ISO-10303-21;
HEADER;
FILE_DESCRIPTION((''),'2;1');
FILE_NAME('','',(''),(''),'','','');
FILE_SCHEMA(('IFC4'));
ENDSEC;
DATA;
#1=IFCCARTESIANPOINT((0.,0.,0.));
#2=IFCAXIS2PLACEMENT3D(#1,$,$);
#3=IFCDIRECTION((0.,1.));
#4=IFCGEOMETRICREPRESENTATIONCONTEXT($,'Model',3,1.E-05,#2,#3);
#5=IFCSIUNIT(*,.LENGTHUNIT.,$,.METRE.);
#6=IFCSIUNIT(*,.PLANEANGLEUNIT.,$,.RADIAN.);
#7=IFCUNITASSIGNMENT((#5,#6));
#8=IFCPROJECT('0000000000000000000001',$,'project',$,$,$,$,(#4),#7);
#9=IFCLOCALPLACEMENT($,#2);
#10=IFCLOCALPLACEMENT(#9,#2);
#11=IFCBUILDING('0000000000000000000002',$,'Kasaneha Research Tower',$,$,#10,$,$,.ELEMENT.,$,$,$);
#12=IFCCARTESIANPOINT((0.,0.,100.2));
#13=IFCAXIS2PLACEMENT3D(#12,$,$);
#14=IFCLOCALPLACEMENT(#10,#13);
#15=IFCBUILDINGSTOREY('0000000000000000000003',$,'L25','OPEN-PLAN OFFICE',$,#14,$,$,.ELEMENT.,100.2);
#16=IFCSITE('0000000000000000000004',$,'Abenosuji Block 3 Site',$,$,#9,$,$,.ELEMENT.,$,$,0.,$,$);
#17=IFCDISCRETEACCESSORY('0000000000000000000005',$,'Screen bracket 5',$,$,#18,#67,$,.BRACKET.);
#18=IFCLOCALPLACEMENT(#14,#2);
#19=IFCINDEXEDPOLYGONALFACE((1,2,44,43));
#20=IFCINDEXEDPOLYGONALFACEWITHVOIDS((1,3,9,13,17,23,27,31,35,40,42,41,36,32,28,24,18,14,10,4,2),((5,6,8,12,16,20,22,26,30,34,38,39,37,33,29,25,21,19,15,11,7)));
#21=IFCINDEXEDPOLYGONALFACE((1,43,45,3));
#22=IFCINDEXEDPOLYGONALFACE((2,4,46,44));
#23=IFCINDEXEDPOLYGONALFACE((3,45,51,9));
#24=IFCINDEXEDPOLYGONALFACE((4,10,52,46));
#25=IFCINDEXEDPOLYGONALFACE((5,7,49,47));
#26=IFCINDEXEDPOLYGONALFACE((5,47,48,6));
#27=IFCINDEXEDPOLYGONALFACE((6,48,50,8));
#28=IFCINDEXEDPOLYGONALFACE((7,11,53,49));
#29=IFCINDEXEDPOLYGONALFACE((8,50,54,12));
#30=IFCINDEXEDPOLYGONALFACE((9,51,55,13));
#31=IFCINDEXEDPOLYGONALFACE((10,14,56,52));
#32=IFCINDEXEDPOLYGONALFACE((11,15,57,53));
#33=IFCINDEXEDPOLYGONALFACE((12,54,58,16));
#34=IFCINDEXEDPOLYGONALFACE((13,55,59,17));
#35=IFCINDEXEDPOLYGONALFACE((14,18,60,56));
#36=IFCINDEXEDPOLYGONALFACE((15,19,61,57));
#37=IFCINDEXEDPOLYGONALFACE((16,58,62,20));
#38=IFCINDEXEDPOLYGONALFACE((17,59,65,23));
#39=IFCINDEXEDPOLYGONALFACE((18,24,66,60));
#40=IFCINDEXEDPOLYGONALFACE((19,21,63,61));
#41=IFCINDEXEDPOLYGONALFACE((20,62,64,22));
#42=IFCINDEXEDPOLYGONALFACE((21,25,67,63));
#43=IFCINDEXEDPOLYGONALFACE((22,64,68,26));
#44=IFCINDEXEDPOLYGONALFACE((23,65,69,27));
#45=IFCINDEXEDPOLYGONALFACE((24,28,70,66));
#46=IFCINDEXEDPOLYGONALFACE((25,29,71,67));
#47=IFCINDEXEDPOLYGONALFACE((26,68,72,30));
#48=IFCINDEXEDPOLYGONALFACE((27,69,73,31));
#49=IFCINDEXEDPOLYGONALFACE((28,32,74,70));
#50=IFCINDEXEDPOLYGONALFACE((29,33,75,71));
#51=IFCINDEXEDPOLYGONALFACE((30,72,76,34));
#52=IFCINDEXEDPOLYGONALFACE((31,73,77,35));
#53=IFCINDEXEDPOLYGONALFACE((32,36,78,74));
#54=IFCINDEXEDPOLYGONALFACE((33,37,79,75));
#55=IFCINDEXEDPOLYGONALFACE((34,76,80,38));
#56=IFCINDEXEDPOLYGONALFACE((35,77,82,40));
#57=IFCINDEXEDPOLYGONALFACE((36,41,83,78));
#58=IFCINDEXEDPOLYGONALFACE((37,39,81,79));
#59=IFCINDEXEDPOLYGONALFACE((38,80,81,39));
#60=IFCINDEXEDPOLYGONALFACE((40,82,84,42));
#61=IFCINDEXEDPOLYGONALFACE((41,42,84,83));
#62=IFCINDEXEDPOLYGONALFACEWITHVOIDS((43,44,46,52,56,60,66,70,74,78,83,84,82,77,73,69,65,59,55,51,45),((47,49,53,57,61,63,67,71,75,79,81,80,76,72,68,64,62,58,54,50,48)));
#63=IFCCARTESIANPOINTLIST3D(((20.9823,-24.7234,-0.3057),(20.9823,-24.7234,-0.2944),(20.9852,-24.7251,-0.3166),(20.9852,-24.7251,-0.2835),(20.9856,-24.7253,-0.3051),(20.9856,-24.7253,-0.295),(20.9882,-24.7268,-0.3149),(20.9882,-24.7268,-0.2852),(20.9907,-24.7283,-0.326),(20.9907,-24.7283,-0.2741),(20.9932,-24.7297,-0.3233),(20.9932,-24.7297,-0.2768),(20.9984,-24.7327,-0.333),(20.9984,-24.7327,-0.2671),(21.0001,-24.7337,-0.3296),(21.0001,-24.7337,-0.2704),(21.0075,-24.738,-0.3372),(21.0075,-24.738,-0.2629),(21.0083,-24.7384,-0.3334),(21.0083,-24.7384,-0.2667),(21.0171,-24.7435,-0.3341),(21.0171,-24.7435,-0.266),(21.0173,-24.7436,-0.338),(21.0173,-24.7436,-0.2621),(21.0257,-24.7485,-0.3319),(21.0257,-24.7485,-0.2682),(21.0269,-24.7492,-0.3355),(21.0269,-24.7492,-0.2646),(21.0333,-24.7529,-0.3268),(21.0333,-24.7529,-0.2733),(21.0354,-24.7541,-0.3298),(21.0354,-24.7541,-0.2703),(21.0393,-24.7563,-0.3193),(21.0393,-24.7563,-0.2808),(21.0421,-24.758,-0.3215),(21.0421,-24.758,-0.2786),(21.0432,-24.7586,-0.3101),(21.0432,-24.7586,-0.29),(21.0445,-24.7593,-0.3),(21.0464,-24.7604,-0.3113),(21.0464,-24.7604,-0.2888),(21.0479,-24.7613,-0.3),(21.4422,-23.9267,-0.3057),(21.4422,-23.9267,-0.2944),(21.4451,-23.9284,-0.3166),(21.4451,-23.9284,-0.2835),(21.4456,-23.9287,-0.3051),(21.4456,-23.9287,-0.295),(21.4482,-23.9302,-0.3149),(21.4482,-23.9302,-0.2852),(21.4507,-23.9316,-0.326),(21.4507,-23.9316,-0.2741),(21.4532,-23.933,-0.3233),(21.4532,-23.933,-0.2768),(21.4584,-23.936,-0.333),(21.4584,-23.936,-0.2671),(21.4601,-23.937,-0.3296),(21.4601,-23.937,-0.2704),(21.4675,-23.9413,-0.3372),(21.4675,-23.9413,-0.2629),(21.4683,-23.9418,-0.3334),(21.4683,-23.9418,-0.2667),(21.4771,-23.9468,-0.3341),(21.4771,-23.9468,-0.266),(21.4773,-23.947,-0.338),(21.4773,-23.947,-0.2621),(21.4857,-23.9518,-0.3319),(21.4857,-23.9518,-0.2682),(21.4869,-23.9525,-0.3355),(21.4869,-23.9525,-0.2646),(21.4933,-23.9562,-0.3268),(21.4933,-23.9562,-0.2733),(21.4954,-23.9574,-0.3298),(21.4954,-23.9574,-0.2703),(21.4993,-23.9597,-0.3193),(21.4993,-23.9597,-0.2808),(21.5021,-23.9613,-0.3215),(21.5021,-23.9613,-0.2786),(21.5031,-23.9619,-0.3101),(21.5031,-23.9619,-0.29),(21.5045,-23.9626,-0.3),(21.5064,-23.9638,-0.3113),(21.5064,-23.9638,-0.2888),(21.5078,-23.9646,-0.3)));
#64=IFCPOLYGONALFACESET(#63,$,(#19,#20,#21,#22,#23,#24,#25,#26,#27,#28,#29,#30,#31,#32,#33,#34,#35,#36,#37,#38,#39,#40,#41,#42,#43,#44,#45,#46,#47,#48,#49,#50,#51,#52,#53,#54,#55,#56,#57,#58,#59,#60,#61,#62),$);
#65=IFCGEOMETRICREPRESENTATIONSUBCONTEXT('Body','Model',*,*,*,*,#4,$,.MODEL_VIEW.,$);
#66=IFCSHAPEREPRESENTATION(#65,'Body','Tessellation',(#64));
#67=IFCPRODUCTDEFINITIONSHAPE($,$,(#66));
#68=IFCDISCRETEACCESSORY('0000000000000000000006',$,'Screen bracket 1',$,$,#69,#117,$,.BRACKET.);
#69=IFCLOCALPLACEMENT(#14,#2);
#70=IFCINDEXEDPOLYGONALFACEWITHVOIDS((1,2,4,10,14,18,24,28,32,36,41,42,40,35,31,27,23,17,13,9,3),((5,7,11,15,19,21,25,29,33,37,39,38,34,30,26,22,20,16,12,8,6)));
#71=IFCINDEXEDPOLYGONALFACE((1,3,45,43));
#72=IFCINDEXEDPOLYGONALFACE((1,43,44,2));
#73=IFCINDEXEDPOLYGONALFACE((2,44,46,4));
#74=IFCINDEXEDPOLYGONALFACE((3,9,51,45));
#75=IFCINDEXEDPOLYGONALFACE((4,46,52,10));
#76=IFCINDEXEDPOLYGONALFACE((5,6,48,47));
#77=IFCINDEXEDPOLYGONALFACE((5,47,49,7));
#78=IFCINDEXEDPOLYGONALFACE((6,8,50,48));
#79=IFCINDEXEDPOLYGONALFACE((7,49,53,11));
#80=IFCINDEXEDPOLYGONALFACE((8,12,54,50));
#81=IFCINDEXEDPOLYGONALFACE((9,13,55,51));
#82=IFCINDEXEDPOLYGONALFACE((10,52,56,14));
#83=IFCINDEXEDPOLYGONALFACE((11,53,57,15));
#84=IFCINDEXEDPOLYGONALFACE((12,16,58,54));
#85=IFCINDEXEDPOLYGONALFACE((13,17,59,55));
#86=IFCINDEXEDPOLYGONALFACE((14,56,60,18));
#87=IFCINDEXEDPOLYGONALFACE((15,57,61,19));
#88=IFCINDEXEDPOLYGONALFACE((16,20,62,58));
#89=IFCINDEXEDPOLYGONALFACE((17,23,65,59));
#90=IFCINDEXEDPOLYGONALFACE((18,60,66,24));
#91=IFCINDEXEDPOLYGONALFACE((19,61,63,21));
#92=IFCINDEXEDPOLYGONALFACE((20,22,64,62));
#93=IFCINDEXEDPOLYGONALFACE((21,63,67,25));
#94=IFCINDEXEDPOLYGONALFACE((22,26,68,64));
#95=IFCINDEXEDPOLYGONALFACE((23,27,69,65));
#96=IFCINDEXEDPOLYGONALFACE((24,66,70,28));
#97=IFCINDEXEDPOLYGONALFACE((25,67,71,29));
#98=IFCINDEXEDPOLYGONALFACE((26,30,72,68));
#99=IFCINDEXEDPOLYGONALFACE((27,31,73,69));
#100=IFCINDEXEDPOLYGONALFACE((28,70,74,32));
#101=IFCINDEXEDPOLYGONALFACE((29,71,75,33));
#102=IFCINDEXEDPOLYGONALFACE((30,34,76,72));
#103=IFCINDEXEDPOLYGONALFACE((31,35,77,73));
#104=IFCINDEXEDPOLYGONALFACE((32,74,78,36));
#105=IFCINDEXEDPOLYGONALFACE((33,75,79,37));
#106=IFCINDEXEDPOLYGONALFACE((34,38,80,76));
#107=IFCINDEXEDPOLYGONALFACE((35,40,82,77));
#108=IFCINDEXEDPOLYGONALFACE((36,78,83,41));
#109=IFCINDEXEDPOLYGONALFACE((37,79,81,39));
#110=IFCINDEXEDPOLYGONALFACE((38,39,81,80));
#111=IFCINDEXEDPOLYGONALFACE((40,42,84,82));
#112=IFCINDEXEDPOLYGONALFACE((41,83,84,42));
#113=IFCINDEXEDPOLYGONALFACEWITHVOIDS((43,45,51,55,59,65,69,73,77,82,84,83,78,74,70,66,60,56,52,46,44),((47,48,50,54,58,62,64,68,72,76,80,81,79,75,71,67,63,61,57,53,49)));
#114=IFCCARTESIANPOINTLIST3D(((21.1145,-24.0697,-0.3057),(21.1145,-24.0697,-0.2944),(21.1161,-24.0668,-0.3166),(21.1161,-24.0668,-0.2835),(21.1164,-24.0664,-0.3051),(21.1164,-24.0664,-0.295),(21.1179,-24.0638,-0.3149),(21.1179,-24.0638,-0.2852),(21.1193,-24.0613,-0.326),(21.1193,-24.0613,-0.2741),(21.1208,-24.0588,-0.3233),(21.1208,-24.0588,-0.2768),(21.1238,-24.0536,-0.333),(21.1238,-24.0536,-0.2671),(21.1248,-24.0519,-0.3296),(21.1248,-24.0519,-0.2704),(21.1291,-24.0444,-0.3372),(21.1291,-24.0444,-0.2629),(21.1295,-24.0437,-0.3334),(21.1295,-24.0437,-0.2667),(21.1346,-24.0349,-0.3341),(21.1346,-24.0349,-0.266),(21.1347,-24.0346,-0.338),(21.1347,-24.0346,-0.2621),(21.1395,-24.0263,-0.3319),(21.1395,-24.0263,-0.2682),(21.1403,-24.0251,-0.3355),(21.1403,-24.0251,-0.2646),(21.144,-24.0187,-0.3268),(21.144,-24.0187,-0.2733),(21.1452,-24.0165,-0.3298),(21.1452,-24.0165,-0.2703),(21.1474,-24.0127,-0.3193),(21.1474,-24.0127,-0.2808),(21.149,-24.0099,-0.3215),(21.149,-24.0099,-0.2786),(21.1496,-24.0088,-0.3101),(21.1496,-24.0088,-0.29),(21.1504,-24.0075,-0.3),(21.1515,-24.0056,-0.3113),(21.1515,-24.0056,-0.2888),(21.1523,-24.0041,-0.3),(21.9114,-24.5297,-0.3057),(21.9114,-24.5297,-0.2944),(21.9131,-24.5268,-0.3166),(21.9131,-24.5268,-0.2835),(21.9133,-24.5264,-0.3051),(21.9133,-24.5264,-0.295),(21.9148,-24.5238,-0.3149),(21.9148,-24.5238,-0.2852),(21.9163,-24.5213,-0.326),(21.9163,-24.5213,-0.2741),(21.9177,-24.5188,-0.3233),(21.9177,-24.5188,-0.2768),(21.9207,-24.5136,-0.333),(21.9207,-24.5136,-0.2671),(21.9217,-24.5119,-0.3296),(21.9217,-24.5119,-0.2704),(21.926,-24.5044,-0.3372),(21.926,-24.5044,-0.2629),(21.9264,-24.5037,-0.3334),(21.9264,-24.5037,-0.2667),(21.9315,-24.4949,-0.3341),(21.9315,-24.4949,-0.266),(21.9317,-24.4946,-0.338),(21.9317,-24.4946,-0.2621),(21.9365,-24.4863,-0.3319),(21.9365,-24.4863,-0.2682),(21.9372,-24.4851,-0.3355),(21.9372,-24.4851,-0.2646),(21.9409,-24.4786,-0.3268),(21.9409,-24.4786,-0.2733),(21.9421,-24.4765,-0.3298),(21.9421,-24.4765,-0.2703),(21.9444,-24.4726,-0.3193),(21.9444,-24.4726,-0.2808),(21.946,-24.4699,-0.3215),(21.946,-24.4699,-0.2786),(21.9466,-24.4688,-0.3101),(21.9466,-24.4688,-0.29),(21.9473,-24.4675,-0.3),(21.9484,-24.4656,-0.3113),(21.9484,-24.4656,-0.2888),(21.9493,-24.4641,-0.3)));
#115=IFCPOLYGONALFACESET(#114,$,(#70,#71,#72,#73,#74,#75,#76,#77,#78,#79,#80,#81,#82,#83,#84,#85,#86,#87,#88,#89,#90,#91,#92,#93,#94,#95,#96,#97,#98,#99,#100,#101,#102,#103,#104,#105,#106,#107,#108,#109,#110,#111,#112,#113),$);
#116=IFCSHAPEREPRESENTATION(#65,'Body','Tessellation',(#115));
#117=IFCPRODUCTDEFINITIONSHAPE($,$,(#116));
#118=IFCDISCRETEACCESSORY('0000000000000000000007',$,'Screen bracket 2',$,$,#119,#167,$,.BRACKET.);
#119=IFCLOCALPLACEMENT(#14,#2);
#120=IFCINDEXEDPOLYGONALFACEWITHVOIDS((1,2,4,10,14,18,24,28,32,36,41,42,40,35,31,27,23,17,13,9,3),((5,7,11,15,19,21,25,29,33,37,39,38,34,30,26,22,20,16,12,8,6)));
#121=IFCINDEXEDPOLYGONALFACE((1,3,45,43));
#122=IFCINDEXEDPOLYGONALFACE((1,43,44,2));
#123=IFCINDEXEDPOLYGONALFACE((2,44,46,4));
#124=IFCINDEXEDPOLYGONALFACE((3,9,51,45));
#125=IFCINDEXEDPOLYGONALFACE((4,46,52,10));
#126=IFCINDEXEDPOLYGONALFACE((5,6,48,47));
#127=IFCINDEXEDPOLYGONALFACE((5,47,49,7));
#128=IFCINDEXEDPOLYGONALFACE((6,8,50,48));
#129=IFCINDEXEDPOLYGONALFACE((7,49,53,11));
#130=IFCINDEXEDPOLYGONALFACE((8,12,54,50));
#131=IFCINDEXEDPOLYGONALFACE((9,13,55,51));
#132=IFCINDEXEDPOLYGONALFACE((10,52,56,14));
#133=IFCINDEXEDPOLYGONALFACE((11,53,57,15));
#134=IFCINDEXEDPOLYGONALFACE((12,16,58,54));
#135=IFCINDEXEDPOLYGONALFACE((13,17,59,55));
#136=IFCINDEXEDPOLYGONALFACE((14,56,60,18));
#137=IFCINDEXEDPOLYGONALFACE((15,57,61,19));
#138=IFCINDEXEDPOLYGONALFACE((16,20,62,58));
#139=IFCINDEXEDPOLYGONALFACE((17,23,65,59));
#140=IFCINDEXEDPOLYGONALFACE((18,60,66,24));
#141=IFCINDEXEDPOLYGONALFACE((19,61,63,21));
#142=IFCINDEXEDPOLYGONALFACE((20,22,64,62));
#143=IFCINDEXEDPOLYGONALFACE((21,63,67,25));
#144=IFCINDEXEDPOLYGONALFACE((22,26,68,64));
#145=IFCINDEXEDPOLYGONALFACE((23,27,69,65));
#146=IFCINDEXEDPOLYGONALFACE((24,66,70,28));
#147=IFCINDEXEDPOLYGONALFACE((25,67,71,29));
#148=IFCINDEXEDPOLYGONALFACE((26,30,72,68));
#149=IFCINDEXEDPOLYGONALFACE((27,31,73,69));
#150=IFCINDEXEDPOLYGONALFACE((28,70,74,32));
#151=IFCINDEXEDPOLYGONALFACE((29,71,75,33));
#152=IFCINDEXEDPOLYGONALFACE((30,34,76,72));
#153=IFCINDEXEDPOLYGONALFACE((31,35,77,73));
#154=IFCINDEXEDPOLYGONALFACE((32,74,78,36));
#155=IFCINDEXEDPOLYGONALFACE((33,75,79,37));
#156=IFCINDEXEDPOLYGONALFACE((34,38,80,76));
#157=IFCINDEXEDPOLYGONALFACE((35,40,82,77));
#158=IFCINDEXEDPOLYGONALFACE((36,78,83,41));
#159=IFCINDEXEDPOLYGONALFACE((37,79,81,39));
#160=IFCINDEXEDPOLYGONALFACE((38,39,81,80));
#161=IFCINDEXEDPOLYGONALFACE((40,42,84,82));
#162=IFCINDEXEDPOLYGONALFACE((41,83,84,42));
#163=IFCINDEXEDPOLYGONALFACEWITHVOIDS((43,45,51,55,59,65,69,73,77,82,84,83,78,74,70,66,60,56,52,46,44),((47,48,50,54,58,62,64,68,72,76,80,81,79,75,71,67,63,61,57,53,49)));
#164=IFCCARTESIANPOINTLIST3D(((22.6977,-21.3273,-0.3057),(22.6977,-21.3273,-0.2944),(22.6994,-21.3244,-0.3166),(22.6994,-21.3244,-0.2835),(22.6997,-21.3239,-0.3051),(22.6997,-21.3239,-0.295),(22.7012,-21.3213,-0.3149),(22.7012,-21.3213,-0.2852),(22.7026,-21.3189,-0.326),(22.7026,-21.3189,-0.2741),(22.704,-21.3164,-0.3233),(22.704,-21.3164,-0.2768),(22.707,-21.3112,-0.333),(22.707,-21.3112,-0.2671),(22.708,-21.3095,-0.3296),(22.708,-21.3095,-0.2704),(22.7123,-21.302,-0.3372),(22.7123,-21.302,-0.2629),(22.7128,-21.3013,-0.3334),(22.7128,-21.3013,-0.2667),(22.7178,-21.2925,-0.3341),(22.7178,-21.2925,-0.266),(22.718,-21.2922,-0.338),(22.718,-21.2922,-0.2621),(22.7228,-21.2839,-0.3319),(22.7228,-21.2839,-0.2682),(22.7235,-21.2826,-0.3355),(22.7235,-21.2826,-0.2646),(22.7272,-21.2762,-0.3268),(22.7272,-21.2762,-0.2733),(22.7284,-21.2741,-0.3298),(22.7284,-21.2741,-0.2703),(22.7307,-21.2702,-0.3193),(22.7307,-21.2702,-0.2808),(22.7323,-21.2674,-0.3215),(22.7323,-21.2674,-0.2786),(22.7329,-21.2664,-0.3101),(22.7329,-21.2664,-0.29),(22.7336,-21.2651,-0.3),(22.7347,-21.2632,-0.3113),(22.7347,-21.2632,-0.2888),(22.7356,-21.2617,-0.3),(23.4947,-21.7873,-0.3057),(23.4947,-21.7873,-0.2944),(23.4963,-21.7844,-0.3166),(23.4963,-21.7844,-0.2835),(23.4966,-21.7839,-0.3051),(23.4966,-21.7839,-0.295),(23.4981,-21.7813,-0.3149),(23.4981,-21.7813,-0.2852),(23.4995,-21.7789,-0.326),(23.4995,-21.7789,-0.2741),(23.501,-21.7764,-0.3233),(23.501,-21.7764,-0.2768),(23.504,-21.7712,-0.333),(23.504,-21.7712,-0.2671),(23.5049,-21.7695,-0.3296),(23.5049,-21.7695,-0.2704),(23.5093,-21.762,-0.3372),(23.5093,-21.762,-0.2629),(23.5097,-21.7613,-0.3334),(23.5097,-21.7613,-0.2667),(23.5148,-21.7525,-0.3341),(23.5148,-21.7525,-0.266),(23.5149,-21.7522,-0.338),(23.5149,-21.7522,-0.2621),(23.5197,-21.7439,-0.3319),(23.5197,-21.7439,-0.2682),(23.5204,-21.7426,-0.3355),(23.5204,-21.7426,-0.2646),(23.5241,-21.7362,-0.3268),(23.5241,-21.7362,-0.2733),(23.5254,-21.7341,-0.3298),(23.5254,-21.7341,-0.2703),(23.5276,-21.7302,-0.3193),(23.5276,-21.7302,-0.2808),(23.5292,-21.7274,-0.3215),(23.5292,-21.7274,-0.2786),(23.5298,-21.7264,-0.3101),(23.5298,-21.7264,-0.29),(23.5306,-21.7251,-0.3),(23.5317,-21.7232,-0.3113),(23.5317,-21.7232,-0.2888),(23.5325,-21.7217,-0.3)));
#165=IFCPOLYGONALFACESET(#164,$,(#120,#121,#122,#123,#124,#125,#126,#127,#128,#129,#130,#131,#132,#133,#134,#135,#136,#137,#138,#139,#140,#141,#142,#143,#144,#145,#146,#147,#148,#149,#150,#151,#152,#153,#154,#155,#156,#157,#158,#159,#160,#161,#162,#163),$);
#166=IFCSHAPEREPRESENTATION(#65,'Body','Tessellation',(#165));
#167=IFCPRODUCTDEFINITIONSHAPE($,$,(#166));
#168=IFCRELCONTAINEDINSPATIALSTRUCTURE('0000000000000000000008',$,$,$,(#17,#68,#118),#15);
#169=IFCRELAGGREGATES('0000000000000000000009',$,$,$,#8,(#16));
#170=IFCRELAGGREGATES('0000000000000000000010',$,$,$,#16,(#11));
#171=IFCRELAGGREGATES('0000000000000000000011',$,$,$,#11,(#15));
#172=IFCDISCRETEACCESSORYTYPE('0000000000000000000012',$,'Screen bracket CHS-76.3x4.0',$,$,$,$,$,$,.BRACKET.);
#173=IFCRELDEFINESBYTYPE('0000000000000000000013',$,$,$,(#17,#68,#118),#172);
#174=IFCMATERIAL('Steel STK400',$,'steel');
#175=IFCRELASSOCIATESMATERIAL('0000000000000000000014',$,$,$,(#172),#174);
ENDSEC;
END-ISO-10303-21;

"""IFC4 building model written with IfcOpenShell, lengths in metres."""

from ifc_helpers import new_model, si_unit, direction, frame, origin, origin_2d, place, context, subcontext, project, spatial, hollow_circle, extrude, material, material_profile, profile_set, type_object, element, save


model = new_model("IFC4")

# Units and contexts
model_context = context("Model", 3, precision=1e-05, world=origin(), true_north=direction((0.0, 1.0)))
body_context = subcontext(model_context, "Body", "Model", "MODEL_VIEW")
ifc_project = project(units=[si_unit("LENGTHUNIT", "METRE"), si_unit("PLANEANGLEUNIT", "RADIAN")], contexts=[model_context])

# Site, building, storey
site_placement = place(None, origin())
site = spatial("IfcSite", under=ifc_project, at=site_placement, Name="Abenosuji Block 3 Site", CompositionType="ELEMENT", RefElevation=0.0)
building_placement = place(site_placement, origin())
building = spatial("IfcBuilding", under=site, at=building_placement, Name="Kasaneha Research Tower", CompositionType="ELEMENT")
storey_placement = place(building_placement, frame((0.0, 0.0, 100.2)))
storey = spatial("IfcBuildingStorey", under=building, at=storey_placement, Name="L25", Description="OPEN-PLAN OFFICE", CompositionType="ELEMENT", Elevation=100.2)

# Discrete accessories
ifc_material_1 = material(Name="Steel STK400", Category="steel")
ifc_material_profile_1 = material_profile(ifc_material_1, hollow_circle(Radius=0.0381, WallThickness=0.0039, at=origin_2d()), Name="CHS-76.3x4.0")
ifc_profile_set_1 = profile_set([ifc_material_profile_1], Name="Steel STK400")
discrete_accessory_type = type_object("IfcDiscreteAccessoryType", Name="Screen bracket CHS-76.3x4.0", PredefinedType="BRACKET", material=ifc_profile_set_1)
discrete_accessory_1_placement = place(storey_placement, frame((21.4749, -23.9456, -0.3), z_axis=(-0.500021, -0.866013, 0.0), x_axis=(0.866013, -0.500021, 0.0)))
element("IfcDiscreteAccessory", 1, at=discrete_accessory_1_placement, inside=storey, type_object=discrete_accessory_type, Name="Screen bracket 5", PredefinedType="BRACKET", context=body_context, shape_type="SweptSolid", body=[
    extrude(hollow_circle(Radius=0.0381, WallThickness=0.0039, at=origin_2d()), origin(), (0.0, 0.0, 1.0), 0.9199),
])
for number, where, z_axis, x_axis, name in (
    (2, (21.1333, -24.0371, -0.3), (0.86608, -0.499906, 0.0), (0.499906, 0.86608, 0.0), "Screen bracket 1"),
    (3, (22.7166, -21.2947, -0.3), (0.86608, -0.499906, 0.0), (0.499906, 0.86608, 0.0), "Screen bracket 2"),
):
    element("IfcDiscreteAccessory", number, at=place(storey_placement, frame(where, z_axis=z_axis, x_axis=x_axis)), inside=storey, type_object=discrete_accessory_type, Name=name, PredefinedType="BRACKET", context=body_context, shape_type="SweptSolid", body=[
        extrude(hollow_circle(Radius=0.0381, WallThickness=0.0039, at=origin_2d()), origin(), (0.0, 0.0, 1.0), 0.9202),
    ])

save(model, "model.ifc")
